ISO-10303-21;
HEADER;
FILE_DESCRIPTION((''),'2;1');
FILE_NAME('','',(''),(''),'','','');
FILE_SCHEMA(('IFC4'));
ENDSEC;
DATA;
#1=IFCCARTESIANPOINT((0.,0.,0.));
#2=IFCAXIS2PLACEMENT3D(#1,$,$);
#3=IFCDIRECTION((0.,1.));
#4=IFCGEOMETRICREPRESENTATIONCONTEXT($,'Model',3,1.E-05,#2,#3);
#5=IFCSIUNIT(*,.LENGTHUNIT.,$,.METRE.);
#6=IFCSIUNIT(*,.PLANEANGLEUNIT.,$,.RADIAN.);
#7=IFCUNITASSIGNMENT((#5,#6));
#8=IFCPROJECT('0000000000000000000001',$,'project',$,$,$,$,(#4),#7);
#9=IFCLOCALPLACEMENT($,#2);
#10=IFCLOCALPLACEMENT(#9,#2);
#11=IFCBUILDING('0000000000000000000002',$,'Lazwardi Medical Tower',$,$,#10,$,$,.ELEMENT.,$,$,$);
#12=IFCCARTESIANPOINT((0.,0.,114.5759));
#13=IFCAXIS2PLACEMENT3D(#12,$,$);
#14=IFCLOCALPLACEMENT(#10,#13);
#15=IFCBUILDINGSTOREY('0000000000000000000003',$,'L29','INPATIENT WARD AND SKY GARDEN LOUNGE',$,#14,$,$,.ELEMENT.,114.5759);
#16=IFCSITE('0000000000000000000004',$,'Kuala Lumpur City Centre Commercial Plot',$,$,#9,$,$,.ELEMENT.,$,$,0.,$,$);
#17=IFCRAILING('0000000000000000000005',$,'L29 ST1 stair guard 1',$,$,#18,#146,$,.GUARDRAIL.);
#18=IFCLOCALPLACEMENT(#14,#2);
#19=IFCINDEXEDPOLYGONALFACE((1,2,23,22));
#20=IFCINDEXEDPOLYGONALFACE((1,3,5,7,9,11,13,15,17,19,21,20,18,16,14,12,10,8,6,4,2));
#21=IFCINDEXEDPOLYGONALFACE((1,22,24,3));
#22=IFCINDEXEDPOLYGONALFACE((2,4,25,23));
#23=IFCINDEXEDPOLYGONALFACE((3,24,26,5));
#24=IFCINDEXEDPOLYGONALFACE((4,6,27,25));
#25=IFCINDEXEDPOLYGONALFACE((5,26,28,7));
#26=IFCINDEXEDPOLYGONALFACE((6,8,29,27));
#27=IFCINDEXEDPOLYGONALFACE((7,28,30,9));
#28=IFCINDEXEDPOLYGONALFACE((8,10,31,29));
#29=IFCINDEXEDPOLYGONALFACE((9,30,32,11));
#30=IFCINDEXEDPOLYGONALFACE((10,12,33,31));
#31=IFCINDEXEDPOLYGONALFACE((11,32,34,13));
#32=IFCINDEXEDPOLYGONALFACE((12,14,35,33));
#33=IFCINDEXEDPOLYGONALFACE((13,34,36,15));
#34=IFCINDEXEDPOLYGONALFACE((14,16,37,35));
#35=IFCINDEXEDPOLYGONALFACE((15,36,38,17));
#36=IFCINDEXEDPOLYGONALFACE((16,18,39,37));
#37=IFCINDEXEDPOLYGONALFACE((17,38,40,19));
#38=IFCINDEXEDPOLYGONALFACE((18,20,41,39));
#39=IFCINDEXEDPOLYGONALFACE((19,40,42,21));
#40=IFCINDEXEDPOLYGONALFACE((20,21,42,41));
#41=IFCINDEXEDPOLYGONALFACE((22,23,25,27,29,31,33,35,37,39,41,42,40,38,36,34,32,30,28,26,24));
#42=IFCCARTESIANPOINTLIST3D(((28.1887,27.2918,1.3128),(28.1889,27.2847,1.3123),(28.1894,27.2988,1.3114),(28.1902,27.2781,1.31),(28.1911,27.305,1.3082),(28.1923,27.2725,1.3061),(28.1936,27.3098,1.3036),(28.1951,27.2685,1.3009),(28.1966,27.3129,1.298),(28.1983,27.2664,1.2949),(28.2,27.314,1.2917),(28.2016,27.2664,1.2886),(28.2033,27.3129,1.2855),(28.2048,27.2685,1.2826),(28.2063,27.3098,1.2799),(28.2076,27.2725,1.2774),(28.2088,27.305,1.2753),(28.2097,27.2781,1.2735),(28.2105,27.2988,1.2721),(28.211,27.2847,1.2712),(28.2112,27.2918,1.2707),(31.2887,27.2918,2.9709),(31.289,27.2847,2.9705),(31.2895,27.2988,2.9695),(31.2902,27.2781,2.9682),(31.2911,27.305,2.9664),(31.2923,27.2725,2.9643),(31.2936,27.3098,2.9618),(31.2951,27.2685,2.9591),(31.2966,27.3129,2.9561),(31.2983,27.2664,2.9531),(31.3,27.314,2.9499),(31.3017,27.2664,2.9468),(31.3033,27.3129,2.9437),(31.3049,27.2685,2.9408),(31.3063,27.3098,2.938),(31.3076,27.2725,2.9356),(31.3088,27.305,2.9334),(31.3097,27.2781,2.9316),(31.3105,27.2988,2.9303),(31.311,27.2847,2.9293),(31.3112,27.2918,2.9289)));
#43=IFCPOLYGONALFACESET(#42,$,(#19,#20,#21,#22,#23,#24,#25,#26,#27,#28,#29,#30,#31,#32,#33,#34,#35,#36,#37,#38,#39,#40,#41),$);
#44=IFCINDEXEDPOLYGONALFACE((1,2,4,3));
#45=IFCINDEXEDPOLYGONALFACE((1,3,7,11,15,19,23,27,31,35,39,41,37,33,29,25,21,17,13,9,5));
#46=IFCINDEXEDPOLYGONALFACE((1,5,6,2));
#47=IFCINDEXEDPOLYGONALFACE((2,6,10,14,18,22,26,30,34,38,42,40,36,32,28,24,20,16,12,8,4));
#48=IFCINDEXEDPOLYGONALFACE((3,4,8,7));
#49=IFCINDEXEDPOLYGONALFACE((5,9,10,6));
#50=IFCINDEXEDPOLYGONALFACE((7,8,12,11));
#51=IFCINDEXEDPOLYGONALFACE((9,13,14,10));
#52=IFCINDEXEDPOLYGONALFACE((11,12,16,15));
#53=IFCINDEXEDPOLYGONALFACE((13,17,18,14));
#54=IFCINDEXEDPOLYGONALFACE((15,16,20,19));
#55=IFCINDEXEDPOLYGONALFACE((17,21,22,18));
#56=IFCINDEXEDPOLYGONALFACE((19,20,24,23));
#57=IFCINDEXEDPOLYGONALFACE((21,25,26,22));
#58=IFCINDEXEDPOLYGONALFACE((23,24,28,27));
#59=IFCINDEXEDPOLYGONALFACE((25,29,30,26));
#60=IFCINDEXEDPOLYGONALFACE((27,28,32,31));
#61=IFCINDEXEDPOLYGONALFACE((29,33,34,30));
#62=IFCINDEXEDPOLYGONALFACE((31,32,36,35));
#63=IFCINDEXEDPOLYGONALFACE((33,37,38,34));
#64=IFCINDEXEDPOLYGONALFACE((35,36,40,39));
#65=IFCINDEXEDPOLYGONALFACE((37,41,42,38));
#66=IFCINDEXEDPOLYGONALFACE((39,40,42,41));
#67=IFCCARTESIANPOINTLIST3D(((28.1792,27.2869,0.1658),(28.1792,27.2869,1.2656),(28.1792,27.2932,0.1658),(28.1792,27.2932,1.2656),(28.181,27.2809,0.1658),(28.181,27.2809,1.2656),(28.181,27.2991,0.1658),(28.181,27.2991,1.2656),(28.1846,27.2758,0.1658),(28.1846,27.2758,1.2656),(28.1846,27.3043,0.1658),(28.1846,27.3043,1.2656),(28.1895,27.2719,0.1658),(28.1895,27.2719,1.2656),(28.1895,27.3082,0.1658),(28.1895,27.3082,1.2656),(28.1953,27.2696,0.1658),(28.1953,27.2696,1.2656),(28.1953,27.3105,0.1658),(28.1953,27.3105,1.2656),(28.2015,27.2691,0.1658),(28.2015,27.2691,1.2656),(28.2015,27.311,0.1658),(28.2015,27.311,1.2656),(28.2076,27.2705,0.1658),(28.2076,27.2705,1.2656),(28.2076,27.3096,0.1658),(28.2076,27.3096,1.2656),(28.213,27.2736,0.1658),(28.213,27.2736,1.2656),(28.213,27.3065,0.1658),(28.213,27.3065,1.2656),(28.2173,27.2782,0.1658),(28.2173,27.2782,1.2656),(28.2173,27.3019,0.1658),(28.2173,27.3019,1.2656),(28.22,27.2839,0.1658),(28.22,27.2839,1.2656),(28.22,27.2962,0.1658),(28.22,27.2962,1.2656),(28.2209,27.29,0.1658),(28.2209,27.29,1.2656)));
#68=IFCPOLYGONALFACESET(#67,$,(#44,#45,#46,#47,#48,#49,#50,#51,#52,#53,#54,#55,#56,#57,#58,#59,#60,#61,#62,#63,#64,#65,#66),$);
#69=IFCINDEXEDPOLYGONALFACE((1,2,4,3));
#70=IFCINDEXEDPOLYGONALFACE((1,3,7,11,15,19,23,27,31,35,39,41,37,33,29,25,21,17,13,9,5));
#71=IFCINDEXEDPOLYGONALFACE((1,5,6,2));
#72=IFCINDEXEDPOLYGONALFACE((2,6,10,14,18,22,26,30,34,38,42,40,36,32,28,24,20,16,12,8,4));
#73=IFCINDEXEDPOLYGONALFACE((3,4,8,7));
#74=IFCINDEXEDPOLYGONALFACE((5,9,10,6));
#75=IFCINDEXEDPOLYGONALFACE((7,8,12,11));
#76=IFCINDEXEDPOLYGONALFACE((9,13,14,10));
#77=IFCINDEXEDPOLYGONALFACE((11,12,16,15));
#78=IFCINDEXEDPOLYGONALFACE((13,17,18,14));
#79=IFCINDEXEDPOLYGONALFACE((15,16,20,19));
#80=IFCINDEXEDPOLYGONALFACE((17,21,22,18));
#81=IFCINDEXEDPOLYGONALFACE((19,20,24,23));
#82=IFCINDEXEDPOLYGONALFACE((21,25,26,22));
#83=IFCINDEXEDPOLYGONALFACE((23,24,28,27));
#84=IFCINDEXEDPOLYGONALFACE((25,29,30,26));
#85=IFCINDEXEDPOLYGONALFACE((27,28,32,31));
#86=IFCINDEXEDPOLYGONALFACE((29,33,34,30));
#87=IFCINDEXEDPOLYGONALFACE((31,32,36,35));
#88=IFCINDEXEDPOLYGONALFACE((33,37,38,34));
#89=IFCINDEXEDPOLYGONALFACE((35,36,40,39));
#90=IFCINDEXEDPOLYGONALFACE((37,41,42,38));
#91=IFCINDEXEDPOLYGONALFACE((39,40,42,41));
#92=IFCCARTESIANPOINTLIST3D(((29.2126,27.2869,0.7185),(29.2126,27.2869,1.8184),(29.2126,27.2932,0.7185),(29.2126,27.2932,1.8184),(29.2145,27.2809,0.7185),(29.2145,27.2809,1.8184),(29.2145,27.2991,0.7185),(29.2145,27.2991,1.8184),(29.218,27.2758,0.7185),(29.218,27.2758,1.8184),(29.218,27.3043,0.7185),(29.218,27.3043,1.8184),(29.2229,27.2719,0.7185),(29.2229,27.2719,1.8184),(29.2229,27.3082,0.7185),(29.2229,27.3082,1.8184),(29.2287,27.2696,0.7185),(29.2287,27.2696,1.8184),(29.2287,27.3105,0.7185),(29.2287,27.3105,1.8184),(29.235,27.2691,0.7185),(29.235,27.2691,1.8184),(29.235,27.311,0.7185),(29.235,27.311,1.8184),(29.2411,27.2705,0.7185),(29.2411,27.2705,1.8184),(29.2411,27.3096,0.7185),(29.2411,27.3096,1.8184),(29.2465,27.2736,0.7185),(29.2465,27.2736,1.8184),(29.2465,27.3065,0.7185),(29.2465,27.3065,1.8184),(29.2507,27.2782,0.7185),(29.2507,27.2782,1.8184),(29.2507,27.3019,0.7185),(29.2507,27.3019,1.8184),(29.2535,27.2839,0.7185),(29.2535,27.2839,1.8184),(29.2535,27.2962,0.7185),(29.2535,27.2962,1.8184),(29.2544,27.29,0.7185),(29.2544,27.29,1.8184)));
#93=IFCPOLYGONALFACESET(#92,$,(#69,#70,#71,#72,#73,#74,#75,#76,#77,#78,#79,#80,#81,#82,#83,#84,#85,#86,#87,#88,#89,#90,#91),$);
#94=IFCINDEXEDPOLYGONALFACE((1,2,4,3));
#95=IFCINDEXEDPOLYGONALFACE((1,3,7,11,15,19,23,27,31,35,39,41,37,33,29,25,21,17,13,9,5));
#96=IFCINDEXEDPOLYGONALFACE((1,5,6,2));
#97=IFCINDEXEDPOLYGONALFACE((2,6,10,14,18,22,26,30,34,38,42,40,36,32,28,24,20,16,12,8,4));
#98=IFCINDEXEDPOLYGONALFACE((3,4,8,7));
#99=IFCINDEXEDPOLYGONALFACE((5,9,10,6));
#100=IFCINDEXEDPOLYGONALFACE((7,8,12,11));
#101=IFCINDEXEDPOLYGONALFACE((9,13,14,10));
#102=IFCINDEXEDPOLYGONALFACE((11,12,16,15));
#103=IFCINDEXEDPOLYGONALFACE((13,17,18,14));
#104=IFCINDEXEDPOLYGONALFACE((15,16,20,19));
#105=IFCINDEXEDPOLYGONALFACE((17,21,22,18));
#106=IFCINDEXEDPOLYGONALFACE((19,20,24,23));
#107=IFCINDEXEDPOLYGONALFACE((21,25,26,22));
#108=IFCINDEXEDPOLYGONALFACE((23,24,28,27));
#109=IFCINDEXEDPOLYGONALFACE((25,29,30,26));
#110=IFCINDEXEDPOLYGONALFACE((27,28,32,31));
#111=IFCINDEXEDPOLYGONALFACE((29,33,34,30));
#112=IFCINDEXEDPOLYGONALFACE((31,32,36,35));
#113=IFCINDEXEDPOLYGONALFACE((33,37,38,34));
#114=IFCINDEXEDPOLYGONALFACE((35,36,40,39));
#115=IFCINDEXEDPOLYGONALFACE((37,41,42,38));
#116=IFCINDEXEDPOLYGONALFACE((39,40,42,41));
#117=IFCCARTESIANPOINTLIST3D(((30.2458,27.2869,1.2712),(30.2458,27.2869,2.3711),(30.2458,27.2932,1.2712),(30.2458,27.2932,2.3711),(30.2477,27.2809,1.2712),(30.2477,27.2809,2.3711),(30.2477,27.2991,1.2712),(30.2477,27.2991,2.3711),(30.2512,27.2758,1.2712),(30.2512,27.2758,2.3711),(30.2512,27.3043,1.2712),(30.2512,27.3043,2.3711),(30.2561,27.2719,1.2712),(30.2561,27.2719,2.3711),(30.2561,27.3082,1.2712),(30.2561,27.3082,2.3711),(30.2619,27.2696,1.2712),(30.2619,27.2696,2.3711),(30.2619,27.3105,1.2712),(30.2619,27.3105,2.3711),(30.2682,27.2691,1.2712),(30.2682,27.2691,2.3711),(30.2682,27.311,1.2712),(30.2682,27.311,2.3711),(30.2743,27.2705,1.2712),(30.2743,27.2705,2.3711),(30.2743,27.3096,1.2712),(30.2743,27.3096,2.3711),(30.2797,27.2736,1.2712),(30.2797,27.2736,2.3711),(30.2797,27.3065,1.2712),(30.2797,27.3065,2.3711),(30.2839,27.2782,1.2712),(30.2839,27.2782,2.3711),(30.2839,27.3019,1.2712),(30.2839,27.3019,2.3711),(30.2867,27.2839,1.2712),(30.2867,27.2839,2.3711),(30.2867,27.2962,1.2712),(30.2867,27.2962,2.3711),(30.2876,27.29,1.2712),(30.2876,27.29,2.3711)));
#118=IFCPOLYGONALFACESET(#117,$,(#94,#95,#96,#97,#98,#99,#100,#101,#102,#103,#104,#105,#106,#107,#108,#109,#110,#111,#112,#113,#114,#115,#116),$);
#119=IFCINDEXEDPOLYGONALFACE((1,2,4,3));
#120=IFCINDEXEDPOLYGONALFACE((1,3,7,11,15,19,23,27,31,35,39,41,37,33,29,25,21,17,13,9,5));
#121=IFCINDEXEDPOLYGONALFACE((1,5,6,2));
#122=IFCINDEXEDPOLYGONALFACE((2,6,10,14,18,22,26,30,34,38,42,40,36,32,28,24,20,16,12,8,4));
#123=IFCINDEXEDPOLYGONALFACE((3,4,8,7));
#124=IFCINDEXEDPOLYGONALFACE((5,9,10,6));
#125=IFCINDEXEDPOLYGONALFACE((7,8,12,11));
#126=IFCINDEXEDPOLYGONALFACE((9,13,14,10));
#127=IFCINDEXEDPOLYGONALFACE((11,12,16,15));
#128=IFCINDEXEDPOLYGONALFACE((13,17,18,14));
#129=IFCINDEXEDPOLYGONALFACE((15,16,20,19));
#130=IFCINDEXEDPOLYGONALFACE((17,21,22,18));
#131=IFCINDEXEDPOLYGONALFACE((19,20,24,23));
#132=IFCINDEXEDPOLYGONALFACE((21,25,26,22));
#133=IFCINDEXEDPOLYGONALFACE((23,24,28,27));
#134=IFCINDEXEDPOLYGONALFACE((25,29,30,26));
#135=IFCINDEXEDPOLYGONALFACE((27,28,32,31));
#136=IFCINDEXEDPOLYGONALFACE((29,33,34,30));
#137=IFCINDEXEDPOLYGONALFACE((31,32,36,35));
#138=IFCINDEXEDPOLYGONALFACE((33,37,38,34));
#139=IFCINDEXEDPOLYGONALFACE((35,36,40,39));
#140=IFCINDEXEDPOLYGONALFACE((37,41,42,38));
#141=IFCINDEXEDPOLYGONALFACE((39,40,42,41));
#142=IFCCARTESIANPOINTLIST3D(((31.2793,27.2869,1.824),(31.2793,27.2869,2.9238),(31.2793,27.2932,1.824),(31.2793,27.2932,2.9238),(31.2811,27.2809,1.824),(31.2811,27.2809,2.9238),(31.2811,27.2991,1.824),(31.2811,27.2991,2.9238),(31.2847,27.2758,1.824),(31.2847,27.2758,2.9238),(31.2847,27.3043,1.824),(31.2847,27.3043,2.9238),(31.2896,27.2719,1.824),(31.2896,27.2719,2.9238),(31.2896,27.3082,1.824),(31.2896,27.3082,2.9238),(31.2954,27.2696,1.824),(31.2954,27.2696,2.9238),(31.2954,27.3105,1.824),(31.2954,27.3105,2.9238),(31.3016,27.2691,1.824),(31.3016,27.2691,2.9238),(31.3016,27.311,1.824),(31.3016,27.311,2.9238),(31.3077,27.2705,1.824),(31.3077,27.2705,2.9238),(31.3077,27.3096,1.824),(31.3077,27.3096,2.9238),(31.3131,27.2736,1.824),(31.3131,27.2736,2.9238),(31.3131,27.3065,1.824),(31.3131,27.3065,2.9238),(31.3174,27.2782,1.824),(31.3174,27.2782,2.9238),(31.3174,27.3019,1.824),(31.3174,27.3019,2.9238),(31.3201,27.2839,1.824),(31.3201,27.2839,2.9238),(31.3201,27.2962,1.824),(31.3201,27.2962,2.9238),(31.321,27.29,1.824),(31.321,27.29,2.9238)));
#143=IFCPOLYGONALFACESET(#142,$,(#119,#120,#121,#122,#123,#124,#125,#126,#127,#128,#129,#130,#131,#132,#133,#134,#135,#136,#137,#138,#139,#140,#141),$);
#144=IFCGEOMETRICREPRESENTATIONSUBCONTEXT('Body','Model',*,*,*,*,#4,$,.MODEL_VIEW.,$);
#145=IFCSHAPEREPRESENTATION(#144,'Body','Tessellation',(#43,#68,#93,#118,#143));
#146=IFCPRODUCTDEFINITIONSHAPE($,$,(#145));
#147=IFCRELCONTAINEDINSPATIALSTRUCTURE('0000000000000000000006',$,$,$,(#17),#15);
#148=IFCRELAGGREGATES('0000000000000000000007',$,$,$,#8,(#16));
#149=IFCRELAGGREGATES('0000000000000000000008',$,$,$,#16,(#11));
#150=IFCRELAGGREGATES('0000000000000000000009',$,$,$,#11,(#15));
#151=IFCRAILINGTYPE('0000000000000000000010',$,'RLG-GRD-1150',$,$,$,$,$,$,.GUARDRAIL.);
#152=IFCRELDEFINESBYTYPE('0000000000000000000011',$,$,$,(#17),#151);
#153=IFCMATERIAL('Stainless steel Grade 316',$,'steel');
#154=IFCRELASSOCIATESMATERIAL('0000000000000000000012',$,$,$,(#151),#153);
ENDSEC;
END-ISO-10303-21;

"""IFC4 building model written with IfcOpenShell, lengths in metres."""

from ifc_helpers import new_model, si_unit, direction, frame, origin, origin_2d, place, context, subcontext, project, spatial, circle, extrude, material, type_object, element, save


model = new_model("IFC4")

# Units and contexts
model_context = context("Model", 3, precision=1e-05, world=origin(), true_north=direction((0.0, 1.0)))
body_context = subcontext(model_context, "Body", "Model", "MODEL_VIEW")
ifc_project = project(units=[si_unit("LENGTHUNIT", "METRE"), si_unit("PLANEANGLEUNIT", "RADIAN")], contexts=[model_context])

# Site, building, storey
site_placement = place(None, origin())
site = spatial("IfcSite", under=ifc_project, at=site_placement, Name="Kuala Lumpur City Centre Commercial Plot", CompositionType="ELEMENT", RefElevation=0.0)
building_placement = place(site_placement, origin())
building = spatial("IfcBuilding", under=site, at=building_placement, Name="Lazwardi Medical Tower", CompositionType="ELEMENT")
storey_placement = place(building_placement, frame((0.0, 0.0, 114.5759)))
storey = spatial("IfcBuildingStorey", under=building, at=storey_placement, Name="L29", Description="INPATIENT WARD AND SKY GARDEN LOUNGE", CompositionType="ELEMENT", Elevation=114.5759)

# Railing
ifc_material_1 = material(Name="Stainless steel Grade 316", Category="steel")
railing_type_1 = type_object("IfcRailingType", Name="RLG-GRD-1150", PredefinedType="GUARDRAIL", material=ifc_material_1)
railing_1_placement = place(storey_placement, frame((28.2, 27.29, 0.1658)))
element("IfcRailing", 1, at=railing_1_placement, inside=storey, type_object=railing_type_1, Name="L29 ST1 stair guard 1", PredefinedType="GUARDRAIL", context=body_context, shape_type="SweptSolid", body=[
    extrude(circle(Radius=0.0239, at=origin_2d()), frame((0.0, 0.0, 1.126), z_axis=(0.881783, 0.0, 0.471655), x_axis=(0.0, 1.0, 0.0)), (0.0, 0.0, 1.0), 3.5156),
    extrude(circle(Radius=0.021, at=origin_2d()), origin(), (0.0, 0.0, 1.0), 1.0999),
    extrude(circle(Radius=0.021, at=origin_2d()), frame((1.0334, 0.0, 0.5527)), (0.0, 0.0, 1.0), 1.0999),
    extrude(circle(Radius=0.021, at=origin_2d()), frame((2.0667, 0.0, 1.1055)), (0.0, 0.0, 1.0), 1.0999),
    extrude(circle(Radius=0.021, at=origin_2d()), frame((3.1001, 0.0, 1.6582)), (0.0, 0.0, 1.0), 1.0999),
])

save(model, "model.ifc")
